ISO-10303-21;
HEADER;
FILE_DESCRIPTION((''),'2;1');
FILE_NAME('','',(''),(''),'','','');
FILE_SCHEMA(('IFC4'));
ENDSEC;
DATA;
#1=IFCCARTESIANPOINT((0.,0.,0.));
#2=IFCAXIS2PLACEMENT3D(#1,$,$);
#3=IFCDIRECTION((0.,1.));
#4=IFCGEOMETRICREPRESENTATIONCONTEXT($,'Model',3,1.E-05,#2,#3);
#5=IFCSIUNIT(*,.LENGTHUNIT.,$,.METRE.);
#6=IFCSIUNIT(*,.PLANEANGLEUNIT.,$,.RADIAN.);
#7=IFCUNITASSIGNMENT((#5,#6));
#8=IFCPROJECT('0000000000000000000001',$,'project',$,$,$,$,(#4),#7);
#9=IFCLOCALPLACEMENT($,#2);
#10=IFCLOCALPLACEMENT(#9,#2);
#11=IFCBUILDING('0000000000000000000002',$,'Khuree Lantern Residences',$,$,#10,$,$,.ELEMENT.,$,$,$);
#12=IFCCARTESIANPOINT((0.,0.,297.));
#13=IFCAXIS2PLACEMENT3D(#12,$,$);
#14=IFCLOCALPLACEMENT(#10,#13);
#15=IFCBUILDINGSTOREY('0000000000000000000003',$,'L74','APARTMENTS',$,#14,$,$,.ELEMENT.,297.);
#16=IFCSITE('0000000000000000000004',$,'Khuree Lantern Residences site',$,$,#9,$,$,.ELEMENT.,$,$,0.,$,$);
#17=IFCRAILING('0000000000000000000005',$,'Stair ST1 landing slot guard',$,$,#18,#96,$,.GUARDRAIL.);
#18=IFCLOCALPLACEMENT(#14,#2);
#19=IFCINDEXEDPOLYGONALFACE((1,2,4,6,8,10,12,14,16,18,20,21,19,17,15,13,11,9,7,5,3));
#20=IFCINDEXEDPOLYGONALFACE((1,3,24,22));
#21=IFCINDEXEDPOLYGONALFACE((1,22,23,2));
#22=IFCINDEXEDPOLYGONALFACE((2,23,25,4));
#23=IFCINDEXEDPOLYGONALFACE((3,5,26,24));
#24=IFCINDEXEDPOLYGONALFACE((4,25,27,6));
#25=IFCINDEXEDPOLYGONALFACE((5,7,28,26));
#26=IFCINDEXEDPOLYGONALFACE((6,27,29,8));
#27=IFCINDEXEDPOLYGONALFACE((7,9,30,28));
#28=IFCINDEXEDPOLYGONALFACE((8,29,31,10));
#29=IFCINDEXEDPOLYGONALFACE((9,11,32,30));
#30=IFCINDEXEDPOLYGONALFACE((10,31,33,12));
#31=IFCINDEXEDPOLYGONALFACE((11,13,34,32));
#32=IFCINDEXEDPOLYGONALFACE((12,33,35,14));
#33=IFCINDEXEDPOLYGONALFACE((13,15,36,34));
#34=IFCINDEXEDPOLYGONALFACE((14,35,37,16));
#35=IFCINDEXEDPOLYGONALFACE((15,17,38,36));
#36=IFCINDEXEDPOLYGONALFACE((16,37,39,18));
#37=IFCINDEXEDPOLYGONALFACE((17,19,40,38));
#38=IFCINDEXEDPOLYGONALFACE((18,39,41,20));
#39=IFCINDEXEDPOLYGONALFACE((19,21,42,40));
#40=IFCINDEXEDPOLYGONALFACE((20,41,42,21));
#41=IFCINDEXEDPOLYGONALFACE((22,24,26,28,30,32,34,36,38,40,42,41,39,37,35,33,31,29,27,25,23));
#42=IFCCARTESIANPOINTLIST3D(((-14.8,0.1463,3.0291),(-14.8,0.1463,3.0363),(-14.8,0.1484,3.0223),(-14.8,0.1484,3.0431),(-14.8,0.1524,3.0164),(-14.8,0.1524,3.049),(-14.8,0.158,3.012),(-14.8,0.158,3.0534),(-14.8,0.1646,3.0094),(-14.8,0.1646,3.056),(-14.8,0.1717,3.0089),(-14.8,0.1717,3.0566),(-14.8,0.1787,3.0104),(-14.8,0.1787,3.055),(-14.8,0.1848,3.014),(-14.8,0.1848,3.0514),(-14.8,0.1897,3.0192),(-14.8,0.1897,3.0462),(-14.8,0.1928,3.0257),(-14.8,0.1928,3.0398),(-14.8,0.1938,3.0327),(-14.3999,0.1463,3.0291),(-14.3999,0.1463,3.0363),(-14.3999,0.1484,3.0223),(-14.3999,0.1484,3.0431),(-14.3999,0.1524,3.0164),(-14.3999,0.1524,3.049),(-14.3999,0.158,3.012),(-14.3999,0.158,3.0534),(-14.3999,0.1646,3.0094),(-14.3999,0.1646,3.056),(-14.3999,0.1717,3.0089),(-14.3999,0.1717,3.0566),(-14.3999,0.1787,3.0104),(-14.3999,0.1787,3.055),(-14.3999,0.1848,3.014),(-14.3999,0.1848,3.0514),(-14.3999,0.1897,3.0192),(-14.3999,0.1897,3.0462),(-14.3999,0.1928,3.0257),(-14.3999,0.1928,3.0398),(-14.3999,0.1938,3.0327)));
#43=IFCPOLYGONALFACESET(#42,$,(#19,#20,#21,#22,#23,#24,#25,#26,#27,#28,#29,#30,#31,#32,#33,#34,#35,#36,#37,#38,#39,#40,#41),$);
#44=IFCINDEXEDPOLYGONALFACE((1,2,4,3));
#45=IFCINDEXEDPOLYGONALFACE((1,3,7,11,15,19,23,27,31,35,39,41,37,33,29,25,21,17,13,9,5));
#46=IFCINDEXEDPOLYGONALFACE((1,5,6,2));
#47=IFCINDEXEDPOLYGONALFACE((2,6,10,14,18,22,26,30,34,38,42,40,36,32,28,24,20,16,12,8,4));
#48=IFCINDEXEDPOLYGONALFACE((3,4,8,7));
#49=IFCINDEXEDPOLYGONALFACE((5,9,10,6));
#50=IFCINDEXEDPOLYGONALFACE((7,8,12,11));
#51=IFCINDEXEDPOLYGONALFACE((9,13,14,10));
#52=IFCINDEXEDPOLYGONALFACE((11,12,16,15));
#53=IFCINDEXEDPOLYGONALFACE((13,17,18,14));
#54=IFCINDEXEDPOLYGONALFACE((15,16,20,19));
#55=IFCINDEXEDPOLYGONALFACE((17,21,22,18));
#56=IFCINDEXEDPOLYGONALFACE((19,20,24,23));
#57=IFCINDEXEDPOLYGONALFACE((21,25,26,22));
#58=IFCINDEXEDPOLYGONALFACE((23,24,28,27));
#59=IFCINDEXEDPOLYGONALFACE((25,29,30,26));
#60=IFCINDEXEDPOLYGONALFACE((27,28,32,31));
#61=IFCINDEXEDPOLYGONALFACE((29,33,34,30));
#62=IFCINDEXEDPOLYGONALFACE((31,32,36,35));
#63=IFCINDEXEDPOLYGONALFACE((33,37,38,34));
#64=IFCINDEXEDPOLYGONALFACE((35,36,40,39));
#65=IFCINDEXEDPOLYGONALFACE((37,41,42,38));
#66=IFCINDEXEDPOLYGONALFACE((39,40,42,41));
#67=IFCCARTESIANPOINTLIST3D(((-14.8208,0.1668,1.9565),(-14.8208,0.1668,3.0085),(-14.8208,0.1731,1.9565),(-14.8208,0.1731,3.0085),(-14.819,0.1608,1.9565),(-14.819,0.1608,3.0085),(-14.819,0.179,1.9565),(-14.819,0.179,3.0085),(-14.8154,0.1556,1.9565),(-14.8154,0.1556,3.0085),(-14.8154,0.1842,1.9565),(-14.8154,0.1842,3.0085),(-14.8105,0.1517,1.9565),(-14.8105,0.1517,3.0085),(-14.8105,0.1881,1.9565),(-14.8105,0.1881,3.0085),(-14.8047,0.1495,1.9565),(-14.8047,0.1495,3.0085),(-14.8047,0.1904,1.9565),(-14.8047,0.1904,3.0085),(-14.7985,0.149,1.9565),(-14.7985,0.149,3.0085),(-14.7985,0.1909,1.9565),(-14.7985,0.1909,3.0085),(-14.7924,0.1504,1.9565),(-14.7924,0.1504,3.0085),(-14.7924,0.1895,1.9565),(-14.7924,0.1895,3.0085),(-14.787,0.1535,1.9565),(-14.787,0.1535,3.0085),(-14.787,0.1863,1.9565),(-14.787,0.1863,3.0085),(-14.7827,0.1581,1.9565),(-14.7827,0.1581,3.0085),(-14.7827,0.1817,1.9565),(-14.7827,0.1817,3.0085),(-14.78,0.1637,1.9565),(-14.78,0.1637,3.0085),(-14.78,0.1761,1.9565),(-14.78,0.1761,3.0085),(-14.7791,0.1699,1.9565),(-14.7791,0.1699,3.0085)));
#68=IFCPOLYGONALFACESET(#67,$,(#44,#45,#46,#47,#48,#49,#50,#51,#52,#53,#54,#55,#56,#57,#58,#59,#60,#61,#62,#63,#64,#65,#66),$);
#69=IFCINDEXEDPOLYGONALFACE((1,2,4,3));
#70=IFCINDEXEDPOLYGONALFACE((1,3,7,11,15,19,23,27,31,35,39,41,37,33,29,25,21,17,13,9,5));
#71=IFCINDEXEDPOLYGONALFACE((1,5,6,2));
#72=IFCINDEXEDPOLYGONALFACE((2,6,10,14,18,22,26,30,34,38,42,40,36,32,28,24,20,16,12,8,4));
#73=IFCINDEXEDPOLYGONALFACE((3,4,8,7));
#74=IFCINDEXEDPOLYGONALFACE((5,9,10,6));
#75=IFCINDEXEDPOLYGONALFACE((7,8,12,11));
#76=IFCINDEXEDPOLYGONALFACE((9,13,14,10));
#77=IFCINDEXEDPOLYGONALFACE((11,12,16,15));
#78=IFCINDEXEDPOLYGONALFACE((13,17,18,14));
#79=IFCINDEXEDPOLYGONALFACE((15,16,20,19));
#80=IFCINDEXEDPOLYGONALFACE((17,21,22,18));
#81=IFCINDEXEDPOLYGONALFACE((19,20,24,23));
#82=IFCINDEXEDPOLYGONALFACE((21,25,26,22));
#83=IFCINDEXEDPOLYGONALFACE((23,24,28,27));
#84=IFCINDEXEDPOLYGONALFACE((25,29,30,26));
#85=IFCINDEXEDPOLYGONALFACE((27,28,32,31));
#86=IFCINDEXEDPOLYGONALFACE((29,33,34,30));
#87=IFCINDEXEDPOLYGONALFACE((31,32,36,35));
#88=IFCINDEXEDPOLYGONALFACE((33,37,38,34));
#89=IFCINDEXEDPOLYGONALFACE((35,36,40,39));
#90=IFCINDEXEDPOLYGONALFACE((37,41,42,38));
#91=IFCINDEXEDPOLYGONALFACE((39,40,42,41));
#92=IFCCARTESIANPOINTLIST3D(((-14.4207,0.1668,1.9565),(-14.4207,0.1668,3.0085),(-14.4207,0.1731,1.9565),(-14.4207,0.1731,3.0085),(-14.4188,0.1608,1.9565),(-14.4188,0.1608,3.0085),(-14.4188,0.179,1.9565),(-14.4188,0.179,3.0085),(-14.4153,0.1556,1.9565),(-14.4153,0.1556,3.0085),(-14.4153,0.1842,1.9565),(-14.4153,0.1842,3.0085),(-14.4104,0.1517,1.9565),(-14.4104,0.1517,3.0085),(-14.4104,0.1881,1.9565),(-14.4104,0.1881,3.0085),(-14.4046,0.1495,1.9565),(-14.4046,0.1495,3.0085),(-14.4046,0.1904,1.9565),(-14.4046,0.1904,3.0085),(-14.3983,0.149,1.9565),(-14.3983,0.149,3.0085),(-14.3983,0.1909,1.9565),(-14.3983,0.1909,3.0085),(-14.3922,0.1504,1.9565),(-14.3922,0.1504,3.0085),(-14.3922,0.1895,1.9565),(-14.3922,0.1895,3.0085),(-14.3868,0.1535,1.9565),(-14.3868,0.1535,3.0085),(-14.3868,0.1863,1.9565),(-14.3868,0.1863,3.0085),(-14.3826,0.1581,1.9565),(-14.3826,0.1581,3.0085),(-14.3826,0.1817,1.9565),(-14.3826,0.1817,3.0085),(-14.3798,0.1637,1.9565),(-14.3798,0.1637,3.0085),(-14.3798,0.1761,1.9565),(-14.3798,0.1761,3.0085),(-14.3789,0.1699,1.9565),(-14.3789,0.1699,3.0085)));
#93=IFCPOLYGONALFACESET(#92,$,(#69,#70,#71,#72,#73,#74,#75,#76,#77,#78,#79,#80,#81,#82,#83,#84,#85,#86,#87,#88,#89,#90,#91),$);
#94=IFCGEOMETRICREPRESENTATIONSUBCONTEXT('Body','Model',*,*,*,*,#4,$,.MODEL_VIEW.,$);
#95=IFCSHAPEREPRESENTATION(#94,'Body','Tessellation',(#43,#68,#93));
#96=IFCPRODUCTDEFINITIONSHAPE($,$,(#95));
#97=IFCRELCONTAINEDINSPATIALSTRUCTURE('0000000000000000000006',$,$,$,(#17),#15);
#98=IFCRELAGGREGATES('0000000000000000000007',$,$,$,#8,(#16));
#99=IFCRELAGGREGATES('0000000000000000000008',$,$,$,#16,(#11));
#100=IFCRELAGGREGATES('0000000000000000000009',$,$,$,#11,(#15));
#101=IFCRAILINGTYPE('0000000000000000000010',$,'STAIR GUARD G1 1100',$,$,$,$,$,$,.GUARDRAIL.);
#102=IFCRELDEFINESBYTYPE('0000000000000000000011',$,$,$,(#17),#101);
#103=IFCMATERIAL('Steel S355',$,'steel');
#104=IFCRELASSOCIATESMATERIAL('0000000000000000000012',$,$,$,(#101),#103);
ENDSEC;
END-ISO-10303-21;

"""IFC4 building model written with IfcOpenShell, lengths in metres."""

from ifc_helpers import new_model, si_unit, direction, frame, origin, origin_2d, place, context, subcontext, project, spatial, circle, extrude, material, type_object, element, save


model = new_model("IFC4")

# Units and contexts
model_context = context("Model", 3, precision=1e-05, world=origin(), true_north=direction((0.0, 1.0)))
body_context = subcontext(model_context, "Body", "Model", "MODEL_VIEW")
ifc_project = project(units=[si_unit("LENGTHUNIT", "METRE"), si_unit("PLANEANGLEUNIT", "RADIAN")], contexts=[model_context])

# Site, building, storey
site_placement = place(None, origin())
site = spatial("IfcSite", under=ifc_project, at=site_placement, Name="Khuree Lantern Residences site", CompositionType="ELEMENT", RefElevation=0.0)
building_placement = place(site_placement, origin())
building = spatial("IfcBuilding", under=site, at=building_placement, Name="Khuree Lantern Residences", CompositionType="ELEMENT")
storey_placement = place(building_placement, frame((0.0, 0.0, 297.0)))
storey = spatial("IfcBuildingStorey", under=building, at=storey_placement, Name="L74", Description="APARTMENTS", CompositionType="ELEMENT", Elevation=297.0)

# Shared definitions
ifc_material_1 = material(Name="Steel S355", Category="steel")

# Railing
railing_type = type_object("IfcRailingType", Name="STAIR GUARD G1 1100", PredefinedType="GUARDRAIL", material=ifc_material_1)
for number, where, name in (
    (1, (-14.8, 0.1699, 1.9565), "Stair ST1 landing slot guard"),
):
    element("IfcRailing", number, at=place(storey_placement, frame(where)), inside=storey, type_object=railing_type, Name=name, PredefinedType="GUARDRAIL", context=body_context, shape_type="SweptSolid", body=[
        extrude(circle(Radius=0.0239, at=origin_2d()), frame((0.0, 0.0, 1.0762), z_axis=(1.0, 0.0, 0.0), x_axis=(0.0, 1.0, 0.0)), (0.0, 0.0, 1.0), 0.4001),
        extrude(circle(Radius=0.021, at=origin_2d()), origin(), (0.0, 0.0, 1.0), 1.052),
        extrude(circle(Radius=0.021, at=origin_2d()), frame((0.4001, 0.0, 0.0)), (0.0, 0.0, 1.0), 1.052),
    ])

save(model, "model.ifc")
